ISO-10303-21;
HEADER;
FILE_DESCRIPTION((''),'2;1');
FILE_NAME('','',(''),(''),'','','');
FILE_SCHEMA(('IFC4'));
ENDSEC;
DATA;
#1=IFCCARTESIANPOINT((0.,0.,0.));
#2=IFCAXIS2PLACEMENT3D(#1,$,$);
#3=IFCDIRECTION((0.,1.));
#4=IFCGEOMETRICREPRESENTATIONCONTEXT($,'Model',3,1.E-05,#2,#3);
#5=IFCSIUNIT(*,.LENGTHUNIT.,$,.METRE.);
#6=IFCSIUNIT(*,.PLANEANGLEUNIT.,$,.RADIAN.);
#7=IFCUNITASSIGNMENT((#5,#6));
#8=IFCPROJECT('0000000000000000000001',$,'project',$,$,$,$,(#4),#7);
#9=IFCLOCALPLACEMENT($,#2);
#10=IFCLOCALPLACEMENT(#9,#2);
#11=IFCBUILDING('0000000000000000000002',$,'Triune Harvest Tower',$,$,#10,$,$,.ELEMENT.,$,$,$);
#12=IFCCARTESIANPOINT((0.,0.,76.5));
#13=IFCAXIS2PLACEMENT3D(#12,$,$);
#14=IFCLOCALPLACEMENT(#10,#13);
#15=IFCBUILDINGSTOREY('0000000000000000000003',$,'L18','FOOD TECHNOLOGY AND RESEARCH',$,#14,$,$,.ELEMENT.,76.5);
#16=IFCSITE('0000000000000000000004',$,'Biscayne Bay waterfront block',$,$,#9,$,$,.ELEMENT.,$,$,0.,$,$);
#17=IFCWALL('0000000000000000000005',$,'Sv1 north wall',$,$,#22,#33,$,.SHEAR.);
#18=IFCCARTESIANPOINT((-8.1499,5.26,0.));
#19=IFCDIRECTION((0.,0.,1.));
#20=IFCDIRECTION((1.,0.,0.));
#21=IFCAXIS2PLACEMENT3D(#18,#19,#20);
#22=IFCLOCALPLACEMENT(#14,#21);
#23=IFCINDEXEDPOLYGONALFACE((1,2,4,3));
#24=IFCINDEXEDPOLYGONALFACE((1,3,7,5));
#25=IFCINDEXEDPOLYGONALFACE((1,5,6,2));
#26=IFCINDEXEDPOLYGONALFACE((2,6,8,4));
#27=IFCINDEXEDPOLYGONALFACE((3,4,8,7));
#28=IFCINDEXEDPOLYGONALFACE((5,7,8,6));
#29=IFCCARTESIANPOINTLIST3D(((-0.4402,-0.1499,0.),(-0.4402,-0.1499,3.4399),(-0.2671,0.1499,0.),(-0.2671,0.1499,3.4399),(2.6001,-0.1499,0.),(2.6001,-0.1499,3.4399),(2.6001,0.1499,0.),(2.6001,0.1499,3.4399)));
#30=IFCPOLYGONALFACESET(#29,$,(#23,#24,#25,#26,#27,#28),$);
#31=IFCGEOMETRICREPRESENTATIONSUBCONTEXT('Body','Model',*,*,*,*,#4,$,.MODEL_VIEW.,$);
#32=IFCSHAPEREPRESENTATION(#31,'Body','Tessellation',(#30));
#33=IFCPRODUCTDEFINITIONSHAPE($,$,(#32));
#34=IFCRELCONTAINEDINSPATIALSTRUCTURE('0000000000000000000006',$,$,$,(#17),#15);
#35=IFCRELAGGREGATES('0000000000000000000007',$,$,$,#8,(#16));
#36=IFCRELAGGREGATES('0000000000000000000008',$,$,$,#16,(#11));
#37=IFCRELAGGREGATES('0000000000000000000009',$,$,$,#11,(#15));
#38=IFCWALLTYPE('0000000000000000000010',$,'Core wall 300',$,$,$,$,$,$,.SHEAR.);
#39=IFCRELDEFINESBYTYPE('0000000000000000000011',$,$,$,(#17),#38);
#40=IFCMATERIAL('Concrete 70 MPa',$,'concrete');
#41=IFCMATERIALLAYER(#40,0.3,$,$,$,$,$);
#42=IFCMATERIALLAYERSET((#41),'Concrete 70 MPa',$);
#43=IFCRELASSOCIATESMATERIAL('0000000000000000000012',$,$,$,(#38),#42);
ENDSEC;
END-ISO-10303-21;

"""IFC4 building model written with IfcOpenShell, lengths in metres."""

from ifc_helpers import new_model, si_unit, direction, frame, origin, place, context, subcontext, project, spatial, polyline, outline, extrude, source, transform, mapped, material, layer, layer_set, type_object, element, save


model = new_model("IFC4")

# Units and contexts
model_context = context("Model", 3, precision=1e-05, world=origin(), true_north=direction((0.0, 1.0)))
body_context = subcontext(model_context, "Body", "Model", "MODEL_VIEW")
ifc_project = project(units=[si_unit("LENGTHUNIT", "METRE"), si_unit("PLANEANGLEUNIT", "RADIAN")], contexts=[model_context])

# Site, building, storey
site_placement = place(None, origin())
site = spatial("IfcSite", under=ifc_project, at=site_placement, Name="Biscayne Bay waterfront block", CompositionType="ELEMENT", RefElevation=0.0)
building_placement = place(site_placement, origin())
building = spatial("IfcBuilding", under=site, at=building_placement, Name="Triune Harvest Tower", CompositionType="ELEMENT")
storey_placement = place(building_placement, frame((0.0, 0.0, 76.5)))
storey = spatial("IfcBuildingStorey", under=building, at=storey_placement, Name="L18", Description="FOOD TECHNOLOGY AND RESEARCH", CompositionType="ELEMENT", Elevation=76.5)

# Shared definitions
ifc_material_1 = material(Name="Concrete 70 MPa", Category="concrete")
ifc_layer_1 = layer(ifc_material_1, 0.3)
ifc_layer_set_1 = layer_set([ifc_layer_1], Name="Concrete 70 MPa")
wall_type_1 = type_object("IfcWallType", Name="Core wall 300", PredefinedType="SHEAR", material=ifc_layer_set_1)

# Wall
shared_shape_1 = source(origin(), body_context, "Body", "SweptSolid", [
    extrude(outline(polyline([(2.6001, -0.1499), (-0.4402, -0.1499), (-0.2671, 0.1499), (2.6001, 0.1499), (2.6001, -0.1499)])), origin(), (0.0, 0.0, 1.0), 3.4399),
])
wall_1_placement = place(storey_placement, frame((-8.1499, 5.26, 0.0), z_axis=(0.0, 0.0, 1.0), x_axis=(1.0, 0.0, 0.0)))
element("IfcWall", 1, at=wall_1_placement, inside=storey, type_object=wall_type_1, Name="Sv1 north wall", PredefinedType="SHEAR", context=body_context, shape_type="MappedRepresentation", body=[
    mapped(shared_shape_1, transform((0.0, 0.0, 0.0), scale=1.0)),
])

save(model, "model.ifc")
